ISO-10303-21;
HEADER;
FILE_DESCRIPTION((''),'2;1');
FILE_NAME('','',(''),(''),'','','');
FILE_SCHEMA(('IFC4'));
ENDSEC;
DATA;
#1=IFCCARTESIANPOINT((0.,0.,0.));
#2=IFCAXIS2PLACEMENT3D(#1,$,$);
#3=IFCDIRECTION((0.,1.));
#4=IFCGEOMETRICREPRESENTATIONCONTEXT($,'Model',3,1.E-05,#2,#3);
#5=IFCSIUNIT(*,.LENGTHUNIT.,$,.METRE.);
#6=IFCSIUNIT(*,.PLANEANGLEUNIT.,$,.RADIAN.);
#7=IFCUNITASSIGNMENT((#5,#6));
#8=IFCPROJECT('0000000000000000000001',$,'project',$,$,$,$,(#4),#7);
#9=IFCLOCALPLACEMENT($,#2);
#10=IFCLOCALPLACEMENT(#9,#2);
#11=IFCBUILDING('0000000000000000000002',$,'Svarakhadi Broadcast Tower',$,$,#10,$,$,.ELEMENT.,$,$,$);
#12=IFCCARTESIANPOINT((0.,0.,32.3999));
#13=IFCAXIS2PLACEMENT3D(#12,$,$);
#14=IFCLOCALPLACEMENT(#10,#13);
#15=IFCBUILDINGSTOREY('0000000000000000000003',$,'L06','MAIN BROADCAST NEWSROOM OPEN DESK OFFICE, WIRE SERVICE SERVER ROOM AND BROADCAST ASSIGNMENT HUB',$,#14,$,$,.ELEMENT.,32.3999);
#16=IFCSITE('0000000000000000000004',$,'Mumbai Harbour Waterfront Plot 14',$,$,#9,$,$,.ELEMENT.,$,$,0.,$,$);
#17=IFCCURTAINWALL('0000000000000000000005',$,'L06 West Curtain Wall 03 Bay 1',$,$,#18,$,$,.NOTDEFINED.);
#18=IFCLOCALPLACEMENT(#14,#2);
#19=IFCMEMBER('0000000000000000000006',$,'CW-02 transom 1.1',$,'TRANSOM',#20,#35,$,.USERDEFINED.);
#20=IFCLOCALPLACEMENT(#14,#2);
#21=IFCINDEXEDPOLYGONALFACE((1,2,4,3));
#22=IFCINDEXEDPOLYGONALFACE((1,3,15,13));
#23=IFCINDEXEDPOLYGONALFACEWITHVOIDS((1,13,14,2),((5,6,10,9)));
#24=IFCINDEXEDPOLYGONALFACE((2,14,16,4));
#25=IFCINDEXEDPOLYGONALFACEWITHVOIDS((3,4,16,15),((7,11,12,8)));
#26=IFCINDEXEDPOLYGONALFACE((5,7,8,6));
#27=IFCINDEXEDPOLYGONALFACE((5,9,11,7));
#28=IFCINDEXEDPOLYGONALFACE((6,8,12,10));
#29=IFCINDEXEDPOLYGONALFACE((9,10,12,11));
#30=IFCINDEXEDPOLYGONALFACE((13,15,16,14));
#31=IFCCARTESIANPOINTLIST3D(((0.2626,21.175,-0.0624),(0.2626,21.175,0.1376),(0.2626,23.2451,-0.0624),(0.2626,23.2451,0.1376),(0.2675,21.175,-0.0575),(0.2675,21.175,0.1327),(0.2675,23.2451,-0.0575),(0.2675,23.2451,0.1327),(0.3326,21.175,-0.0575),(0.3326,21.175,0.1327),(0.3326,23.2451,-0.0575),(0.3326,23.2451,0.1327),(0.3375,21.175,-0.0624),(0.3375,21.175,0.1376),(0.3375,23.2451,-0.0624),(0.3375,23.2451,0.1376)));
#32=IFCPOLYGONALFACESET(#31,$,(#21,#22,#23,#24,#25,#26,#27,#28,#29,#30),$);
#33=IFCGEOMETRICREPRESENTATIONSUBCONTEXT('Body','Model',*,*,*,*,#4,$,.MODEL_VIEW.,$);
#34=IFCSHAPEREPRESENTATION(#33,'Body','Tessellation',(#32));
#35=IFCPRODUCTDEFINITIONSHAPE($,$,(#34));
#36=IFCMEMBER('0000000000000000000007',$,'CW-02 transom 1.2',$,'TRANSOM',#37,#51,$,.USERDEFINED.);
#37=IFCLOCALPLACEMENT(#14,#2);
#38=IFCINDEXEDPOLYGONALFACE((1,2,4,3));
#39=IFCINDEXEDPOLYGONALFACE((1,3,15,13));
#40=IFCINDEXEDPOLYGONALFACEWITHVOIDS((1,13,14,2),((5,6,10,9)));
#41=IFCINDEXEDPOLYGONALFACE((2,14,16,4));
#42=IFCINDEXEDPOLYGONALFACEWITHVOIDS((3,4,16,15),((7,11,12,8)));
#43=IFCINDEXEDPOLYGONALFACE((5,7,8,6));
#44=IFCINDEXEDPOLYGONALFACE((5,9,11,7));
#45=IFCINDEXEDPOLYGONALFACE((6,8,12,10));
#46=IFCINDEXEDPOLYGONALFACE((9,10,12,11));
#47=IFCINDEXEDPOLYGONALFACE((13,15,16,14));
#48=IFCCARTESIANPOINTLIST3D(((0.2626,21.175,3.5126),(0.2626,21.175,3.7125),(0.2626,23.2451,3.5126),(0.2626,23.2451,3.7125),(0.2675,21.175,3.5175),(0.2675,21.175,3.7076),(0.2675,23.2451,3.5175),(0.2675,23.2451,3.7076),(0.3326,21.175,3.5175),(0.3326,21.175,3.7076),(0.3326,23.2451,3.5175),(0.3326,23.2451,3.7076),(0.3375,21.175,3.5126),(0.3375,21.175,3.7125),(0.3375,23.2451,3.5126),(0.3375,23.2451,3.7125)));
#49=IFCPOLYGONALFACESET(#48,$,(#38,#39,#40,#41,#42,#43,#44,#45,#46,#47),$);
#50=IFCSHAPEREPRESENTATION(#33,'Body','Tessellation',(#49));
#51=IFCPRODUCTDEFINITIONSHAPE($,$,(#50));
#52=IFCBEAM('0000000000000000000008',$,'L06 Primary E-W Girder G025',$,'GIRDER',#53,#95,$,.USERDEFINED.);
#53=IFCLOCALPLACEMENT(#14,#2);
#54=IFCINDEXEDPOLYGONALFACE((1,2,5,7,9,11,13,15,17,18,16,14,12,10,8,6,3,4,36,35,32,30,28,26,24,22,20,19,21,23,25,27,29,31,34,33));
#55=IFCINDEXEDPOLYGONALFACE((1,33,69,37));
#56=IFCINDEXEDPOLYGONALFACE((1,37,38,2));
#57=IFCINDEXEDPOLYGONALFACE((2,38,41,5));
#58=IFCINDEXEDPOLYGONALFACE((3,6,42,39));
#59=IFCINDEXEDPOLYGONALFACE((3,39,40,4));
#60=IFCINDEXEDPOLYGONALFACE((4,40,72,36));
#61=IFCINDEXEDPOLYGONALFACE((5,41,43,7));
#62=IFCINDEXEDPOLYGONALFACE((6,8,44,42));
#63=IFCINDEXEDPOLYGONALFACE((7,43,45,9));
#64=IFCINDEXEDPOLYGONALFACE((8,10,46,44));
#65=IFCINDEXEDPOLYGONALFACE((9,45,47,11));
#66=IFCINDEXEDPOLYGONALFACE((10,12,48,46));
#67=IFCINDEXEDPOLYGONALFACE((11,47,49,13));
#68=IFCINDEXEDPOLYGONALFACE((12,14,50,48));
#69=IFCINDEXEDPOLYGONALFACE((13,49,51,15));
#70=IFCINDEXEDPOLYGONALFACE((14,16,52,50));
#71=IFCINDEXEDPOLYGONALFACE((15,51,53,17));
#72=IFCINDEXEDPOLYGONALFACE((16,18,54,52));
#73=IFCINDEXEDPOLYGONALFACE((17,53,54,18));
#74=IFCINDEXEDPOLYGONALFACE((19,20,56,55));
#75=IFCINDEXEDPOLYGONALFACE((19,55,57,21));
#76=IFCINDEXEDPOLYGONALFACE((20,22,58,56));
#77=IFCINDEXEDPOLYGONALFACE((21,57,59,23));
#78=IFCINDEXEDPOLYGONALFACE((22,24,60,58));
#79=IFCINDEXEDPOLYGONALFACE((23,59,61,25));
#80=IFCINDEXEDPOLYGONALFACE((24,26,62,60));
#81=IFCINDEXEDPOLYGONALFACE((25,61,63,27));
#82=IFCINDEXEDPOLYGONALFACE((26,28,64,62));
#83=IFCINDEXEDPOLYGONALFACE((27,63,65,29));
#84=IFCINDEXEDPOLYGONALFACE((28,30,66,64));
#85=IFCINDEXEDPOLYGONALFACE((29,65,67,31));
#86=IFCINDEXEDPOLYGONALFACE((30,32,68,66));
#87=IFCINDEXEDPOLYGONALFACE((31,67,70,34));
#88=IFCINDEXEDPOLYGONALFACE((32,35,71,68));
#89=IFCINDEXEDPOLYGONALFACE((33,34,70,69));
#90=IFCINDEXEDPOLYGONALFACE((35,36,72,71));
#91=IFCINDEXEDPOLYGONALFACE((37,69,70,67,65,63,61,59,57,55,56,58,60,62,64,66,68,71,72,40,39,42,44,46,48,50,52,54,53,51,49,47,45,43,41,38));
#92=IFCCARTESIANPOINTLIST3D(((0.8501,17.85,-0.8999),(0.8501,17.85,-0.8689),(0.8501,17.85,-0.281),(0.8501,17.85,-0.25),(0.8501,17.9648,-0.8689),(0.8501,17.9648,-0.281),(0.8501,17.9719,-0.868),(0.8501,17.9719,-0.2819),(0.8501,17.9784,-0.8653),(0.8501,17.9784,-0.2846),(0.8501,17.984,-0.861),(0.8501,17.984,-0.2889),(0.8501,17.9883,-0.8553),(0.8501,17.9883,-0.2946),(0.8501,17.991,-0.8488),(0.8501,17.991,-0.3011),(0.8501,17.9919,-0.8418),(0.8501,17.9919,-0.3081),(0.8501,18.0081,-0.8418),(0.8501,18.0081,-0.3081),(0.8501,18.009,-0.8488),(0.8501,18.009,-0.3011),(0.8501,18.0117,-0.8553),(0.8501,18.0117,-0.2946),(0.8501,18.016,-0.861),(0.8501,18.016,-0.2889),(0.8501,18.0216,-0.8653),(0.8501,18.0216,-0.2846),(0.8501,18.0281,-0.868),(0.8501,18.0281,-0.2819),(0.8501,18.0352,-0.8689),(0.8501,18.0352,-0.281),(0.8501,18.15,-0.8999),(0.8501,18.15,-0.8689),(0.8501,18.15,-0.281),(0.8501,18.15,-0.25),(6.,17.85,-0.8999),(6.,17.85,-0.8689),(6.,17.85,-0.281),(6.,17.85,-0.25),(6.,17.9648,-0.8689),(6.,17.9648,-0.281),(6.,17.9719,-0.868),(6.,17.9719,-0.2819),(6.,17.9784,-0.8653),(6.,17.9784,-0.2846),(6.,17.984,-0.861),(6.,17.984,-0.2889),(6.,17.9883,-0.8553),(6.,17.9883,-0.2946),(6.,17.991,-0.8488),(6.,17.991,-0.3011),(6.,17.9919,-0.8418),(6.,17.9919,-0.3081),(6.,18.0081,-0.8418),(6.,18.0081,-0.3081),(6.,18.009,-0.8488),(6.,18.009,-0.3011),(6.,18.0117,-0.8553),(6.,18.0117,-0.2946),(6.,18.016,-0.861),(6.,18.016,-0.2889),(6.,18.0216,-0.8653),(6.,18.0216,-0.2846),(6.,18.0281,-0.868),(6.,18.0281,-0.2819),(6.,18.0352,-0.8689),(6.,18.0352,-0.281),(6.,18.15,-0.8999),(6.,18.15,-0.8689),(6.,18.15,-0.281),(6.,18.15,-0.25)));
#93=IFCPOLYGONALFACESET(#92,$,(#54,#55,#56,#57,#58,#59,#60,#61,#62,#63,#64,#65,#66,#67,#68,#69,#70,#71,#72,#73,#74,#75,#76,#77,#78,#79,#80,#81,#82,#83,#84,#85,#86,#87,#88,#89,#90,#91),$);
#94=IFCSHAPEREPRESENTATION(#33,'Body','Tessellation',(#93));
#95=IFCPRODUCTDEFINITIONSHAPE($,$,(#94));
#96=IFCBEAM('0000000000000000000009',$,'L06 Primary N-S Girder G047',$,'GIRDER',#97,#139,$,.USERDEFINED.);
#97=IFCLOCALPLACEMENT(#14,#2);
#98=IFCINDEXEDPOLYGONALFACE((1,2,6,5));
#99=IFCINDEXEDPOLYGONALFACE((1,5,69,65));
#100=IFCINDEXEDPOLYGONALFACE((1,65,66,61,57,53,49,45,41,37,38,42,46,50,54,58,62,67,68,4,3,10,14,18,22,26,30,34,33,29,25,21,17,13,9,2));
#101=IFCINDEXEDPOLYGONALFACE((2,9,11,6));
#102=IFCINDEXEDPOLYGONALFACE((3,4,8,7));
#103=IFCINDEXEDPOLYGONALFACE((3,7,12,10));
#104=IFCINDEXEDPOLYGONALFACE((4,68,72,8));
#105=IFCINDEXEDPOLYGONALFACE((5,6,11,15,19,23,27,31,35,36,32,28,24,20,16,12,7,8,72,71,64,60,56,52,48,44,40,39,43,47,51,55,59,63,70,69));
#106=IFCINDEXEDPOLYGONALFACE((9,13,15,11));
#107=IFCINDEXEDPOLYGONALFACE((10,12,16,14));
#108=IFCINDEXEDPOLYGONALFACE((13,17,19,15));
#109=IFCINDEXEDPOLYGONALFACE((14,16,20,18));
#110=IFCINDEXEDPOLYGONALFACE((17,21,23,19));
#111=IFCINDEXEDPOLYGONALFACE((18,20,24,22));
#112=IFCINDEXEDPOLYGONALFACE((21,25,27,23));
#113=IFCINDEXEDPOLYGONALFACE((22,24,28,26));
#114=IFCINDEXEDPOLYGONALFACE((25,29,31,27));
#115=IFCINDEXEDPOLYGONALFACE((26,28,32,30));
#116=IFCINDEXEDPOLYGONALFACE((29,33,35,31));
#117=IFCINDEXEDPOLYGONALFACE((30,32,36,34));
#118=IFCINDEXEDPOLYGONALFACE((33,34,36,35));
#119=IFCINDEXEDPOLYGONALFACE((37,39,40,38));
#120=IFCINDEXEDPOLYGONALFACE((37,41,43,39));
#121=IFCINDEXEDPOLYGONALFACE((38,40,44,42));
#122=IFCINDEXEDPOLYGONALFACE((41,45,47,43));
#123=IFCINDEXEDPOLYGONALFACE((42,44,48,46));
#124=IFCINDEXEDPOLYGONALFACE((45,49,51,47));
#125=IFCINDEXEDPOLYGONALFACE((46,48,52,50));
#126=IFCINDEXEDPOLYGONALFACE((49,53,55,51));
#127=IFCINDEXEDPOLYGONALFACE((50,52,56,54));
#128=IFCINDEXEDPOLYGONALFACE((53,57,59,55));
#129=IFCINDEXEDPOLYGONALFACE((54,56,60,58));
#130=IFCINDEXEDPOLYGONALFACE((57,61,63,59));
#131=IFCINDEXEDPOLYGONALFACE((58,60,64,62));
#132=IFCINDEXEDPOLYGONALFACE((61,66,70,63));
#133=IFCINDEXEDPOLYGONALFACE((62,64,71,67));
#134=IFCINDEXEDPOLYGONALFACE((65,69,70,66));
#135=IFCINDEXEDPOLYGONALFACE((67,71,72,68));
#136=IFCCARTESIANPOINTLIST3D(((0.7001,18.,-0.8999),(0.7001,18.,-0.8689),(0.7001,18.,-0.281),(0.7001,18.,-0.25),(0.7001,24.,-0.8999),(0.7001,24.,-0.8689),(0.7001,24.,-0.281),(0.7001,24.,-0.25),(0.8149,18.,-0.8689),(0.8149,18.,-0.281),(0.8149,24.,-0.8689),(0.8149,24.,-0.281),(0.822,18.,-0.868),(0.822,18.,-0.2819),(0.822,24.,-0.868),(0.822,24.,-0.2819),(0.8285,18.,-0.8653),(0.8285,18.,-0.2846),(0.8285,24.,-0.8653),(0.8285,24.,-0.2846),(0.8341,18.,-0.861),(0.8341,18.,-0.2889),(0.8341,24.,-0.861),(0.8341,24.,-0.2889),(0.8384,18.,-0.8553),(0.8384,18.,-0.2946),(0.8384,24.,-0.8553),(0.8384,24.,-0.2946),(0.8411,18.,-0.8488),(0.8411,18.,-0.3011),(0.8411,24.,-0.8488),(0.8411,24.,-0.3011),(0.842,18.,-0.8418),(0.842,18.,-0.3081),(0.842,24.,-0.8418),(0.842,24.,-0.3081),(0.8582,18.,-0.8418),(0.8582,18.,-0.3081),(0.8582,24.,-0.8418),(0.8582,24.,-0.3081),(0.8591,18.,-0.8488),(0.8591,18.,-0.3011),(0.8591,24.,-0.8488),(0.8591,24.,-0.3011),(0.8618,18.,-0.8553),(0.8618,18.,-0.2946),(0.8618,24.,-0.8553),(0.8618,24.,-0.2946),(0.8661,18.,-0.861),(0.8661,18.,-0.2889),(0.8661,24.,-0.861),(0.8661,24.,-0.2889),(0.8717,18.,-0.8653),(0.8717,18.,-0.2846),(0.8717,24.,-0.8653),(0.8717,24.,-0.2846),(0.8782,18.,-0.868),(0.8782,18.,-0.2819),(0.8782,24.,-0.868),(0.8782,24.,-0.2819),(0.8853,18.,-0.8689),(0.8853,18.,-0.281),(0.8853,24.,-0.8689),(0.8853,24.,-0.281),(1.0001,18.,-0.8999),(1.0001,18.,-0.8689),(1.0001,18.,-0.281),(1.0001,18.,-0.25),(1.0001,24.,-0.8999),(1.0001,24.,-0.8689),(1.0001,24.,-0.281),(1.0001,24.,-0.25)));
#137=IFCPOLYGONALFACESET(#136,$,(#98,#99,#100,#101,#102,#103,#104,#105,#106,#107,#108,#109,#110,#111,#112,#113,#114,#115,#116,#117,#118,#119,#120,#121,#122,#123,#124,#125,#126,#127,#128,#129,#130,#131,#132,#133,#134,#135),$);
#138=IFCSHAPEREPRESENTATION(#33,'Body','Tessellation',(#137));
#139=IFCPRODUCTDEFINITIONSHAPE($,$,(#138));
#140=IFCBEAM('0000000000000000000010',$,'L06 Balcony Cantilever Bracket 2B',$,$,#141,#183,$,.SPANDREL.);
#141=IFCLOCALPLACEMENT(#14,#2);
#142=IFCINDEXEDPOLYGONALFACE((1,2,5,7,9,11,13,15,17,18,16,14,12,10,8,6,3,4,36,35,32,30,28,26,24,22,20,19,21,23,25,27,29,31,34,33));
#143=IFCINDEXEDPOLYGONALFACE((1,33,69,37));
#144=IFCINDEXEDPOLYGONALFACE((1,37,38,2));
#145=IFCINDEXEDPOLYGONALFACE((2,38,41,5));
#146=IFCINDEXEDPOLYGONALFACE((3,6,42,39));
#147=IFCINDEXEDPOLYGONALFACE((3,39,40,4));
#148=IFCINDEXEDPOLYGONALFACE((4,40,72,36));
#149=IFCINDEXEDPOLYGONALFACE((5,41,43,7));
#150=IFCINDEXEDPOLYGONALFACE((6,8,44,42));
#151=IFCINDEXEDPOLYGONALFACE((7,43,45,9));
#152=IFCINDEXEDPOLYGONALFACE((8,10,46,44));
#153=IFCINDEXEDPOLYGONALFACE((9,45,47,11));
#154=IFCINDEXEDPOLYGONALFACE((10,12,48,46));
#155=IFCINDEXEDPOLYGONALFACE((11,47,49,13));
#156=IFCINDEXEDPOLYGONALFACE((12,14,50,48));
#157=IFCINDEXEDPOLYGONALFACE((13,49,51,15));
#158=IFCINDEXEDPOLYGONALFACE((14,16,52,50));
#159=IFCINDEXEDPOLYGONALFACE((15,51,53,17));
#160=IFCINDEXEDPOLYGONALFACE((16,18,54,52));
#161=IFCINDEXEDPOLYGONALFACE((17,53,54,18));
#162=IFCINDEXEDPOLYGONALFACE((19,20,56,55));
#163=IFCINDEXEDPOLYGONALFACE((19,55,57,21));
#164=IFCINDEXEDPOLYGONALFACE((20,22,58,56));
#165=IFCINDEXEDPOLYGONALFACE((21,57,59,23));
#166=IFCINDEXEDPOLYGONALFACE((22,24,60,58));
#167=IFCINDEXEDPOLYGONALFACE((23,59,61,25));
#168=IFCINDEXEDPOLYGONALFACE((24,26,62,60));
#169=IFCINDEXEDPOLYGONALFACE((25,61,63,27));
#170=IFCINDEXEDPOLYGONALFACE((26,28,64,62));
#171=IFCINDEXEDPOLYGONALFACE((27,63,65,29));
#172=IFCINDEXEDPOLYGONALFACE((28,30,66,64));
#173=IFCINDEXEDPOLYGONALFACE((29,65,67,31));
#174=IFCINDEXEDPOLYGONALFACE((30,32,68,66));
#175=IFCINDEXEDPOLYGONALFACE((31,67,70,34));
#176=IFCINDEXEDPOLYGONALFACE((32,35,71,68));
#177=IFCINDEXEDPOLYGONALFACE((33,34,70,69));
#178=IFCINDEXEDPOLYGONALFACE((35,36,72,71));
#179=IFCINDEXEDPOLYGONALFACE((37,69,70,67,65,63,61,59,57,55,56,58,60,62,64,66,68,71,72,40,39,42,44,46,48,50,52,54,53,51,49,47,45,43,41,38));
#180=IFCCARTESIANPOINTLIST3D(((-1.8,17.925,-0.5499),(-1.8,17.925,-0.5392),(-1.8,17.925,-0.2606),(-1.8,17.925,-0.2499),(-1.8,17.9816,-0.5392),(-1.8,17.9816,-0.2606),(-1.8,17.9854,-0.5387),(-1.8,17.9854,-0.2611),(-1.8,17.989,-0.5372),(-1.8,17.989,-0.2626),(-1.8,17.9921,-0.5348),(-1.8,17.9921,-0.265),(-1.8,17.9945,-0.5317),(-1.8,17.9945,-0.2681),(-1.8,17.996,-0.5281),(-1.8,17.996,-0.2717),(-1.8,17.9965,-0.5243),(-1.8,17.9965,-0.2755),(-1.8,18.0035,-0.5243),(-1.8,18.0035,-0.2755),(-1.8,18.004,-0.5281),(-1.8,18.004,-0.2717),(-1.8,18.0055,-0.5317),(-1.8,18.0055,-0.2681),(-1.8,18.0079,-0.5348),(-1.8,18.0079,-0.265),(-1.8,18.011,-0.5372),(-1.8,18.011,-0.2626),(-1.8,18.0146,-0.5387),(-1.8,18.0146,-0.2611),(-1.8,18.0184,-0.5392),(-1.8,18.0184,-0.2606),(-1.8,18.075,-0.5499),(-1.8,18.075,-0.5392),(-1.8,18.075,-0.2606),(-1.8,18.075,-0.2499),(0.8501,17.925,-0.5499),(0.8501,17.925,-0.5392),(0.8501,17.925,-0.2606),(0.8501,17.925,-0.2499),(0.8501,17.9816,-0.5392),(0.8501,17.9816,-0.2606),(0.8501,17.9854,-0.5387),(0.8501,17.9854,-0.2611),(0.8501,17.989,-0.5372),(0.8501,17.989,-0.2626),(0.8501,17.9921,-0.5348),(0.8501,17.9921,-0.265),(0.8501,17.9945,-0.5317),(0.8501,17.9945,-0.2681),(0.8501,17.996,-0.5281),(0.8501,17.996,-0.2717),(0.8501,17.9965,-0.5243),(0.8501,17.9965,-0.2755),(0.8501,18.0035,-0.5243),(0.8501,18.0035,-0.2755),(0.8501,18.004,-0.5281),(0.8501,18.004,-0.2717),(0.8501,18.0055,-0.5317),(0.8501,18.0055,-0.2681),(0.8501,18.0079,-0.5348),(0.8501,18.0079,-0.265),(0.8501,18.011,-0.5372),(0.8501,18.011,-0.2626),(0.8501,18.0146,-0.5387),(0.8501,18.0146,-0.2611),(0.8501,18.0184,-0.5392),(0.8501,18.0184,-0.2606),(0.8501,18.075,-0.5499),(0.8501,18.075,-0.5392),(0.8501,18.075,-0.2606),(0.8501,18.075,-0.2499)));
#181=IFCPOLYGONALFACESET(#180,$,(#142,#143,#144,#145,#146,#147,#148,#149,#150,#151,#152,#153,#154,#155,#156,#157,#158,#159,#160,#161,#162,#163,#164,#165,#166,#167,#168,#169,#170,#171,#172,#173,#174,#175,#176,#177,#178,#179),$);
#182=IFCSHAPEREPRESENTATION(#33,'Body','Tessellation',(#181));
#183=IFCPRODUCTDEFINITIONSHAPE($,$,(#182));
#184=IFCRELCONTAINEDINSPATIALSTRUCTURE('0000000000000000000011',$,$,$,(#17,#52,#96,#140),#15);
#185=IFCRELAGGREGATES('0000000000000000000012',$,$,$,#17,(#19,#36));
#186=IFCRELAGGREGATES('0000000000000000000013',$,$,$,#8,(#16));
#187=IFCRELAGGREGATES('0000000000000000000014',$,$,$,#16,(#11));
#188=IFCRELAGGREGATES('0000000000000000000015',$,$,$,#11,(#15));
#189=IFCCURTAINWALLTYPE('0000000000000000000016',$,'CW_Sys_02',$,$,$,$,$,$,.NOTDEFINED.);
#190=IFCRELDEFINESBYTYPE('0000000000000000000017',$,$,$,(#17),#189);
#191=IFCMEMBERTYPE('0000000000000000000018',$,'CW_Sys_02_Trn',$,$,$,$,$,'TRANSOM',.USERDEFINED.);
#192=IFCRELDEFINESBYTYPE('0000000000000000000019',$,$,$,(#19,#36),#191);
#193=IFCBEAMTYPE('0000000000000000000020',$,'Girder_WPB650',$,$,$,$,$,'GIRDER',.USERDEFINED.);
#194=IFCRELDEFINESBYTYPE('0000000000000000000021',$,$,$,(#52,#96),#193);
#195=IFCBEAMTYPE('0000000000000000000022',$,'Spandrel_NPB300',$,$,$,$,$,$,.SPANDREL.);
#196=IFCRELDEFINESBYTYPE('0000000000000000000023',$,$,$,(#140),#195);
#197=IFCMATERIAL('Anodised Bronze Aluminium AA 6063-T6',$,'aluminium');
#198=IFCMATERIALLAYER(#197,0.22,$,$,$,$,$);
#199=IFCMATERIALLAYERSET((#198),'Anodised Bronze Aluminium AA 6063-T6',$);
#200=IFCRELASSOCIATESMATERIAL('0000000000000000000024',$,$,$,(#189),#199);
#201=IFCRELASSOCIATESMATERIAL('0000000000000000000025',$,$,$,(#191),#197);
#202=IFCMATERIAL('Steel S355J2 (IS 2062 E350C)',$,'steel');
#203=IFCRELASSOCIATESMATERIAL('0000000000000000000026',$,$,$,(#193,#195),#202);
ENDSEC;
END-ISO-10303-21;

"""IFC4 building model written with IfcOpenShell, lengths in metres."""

from ifc_helpers import new_model, si_unit, direction, frame, origin, origin_2d, place, context, subcontext, project, spatial, hollow_rectangle, i_section, extrude, material, layer, layer_set, material_profile, profile_set, type_object, element, aggregate, save


model = new_model("IFC4")

# Units and contexts
model_context = context("Model", 3, precision=1e-05, world=origin(), true_north=direction((0.0, 1.0)))
body_context = subcontext(model_context, "Body", "Model", "MODEL_VIEW")
ifc_project = project(units=[si_unit("LENGTHUNIT", "METRE"), si_unit("PLANEANGLEUNIT", "RADIAN")], contexts=[model_context])

# Site, building, storey
site_placement = place(None, origin())
site = spatial("IfcSite", under=ifc_project, at=site_placement, Name="Mumbai Harbour Waterfront Plot 14", CompositionType="ELEMENT", RefElevation=0.0)
building_placement = place(site_placement, origin())
building = spatial("IfcBuilding", under=site, at=building_placement, Name="Svarakhadi Broadcast Tower", CompositionType="ELEMENT")
storey_placement = place(building_placement, frame((0.0, 0.0, 32.3999)))
storey = spatial("IfcBuildingStorey", under=building, at=storey_placement, Name="L06", Description="MAIN BROADCAST NEWSROOM OPEN DESK OFFICE, WIRE SERVICE SERVER ROOM AND BROADCAST ASSIGNMENT HUB", CompositionType="ELEMENT", Elevation=32.3999)

# Shared definitions
ifc_material_1 = material(Name="Steel S355J2 (IS 2062 E350C)", Category="steel")

# Curtain wall, members
ifc_material_2 = material(Name="Anodised Bronze Aluminium AA 6063-T6", Category="aluminium")
ifc_layer_1 = layer(ifc_material_2, 0.22)
ifc_layer_set_1 = layer_set([ifc_layer_1], Name="Anodised Bronze Aluminium AA 6063-T6")
curtain_wall_type = type_object("IfcCurtainWallType", Name="CW_Sys_02", PredefinedType="NOTDEFINED", material=ifc_layer_set_1)
curtain_wall_placement = place(storey_placement, origin())
curtain_wall = element("IfcCurtainWall", 1, at=curtain_wall_placement, inside=storey, type_object=curtain_wall_type, Name="L06 West Curtain Wall 03 Bay 1", PredefinedType="NOTDEFINED")
ifc_material_profile_1 = material_profile(ifc_material_2, hollow_rectangle(XDim=0.075, YDim=0.2, WallThickness=0.0049, at=origin_2d()), Name="ALU TRANSOM 200x75x5")
ifc_profile_set_1 = profile_set([ifc_material_profile_1], Name="Anodised Bronze Aluminium AA 6063-T6")
member_type_1 = type_object("IfcMemberType", Name="CW_Sys_02_Trn", ElementType="TRANSOM", PredefinedType="USERDEFINED", material=ifc_profile_set_1)
member_1_placement = place(storey_placement, frame((0.3, 21.175, 0.0376), z_axis=(0.0, 1.0, 0.0), x_axis=(-1.0, 0.0, 0.0)))
member_1 = element("IfcMember", 2, at=member_1_placement, type_object=member_type_1, Name="CW-02 transom 1.1", ObjectType="TRANSOM", PredefinedType="USERDEFINED", context=body_context, shape_type="SweptSolid", body=[
    extrude(hollow_rectangle(XDim=0.075, YDim=0.2, WallThickness=0.0049, at=origin_2d()), origin(), (0.0, 0.0, 1.0), 2.0701),
])
member_2_placement = place(storey_placement, frame((0.3, 21.175, 3.6125), z_axis=(0.0, 1.0, 0.0), x_axis=(-1.0, 0.0, 0.0)))
member_2 = element("IfcMember", 3, at=member_2_placement, type_object=member_type_1, Name="CW-02 transom 1.2", ObjectType="TRANSOM", PredefinedType="USERDEFINED", context=body_context, shape_type="SweptSolid", body=[
    extrude(hollow_rectangle(XDim=0.075, YDim=0.2, WallThickness=0.0049, at=origin_2d()), origin(), (0.0, 0.0, 1.0), 2.0701),
])

# Beams
ifc_material_profile_2 = material_profile(ifc_material_1, i_section(OverallWidth=0.3, OverallDepth=0.6499, WebThickness=0.0161, FlangeThickness=0.031, FilletRadius=0.0271, at=origin_2d()), Name="WPB 650x300x225")
ifc_profile_set_2 = profile_set([ifc_material_profile_2], Name="Steel S355J2 (IS 2062 E350C)")
beam_type_1 = type_object("IfcBeamType", Name="Girder_WPB650", ElementType="GIRDER", PredefinedType="USERDEFINED", material=ifc_profile_set_2)
beam_1_placement = place(storey_placement, frame((0.8501, 18.0, -0.575), z_axis=(1.0, 0.0, 0.0), x_axis=(0.0, 1.0, 0.0)))
element("IfcBeam", 4, at=beam_1_placement, inside=storey, type_object=beam_type_1, Name="L06 Primary E-W Girder G025", ObjectType="GIRDER", PredefinedType="USERDEFINED", context=body_context, shape_type="SweptSolid", body=[
    extrude(i_section(OverallWidth=0.3, OverallDepth=0.6499, WebThickness=0.0161, FlangeThickness=0.031, FilletRadius=0.0271, at=origin_2d()), origin(), (0.0, 0.0, 1.0), 5.1499),
])
beam_2_placement = place(storey_placement, frame((0.8501, 18.0, -0.575), z_axis=(0.0, 1.0, 0.0), x_axis=(-1.0, 0.0, 0.0)))
element("IfcBeam", 5, at=beam_2_placement, inside=storey, type_object=beam_type_1, Name="L06 Primary N-S Girder G047", ObjectType="GIRDER", PredefinedType="USERDEFINED", context=body_context, shape_type="SweptSolid", body=[
    extrude(i_section(OverallWidth=0.3, OverallDepth=0.6499, WebThickness=0.0161, FlangeThickness=0.031, FilletRadius=0.0271, at=origin_2d()), origin(), (0.0, 0.0, 1.0), 6.0),
])
ifc_material_profile_3 = material_profile(ifc_material_1, i_section(OverallWidth=0.1499, OverallDepth=0.3, WebThickness=0.0071, FlangeThickness=0.0107, FilletRadius=0.0149, at=origin_2d()), Name="NPB 300x150x37")
ifc_profile_set_3 = profile_set([ifc_material_profile_3], Name="Steel S355J2 (IS 2062 E350C)")
beam_type_2 = type_object("IfcBeamType", Name="Spandrel_NPB300", PredefinedType="SPANDREL", material=ifc_profile_set_3)
beam_3_placement = place(storey_placement, frame((0.8501, 18.0, -0.3999), z_axis=(-1.0, 0.0, 0.0), x_axis=(0.0, -1.0, 0.0)))
element("IfcBeam", 6, at=beam_3_placement, inside=storey, type_object=beam_type_2, Name="L06 Balcony Cantilever Bracket 2B", PredefinedType="SPANDREL", context=body_context, shape_type="SweptSolid", body=[
    extrude(i_section(OverallWidth=0.1499, OverallDepth=0.3, WebThickness=0.0071, FlangeThickness=0.0107, FilletRadius=0.0149, at=origin_2d()), origin(), (0.0, 0.0, 1.0), 2.6501),
])

aggregate(curtain_wall, [member_1, member_2])

save(model, "model.ifc")
